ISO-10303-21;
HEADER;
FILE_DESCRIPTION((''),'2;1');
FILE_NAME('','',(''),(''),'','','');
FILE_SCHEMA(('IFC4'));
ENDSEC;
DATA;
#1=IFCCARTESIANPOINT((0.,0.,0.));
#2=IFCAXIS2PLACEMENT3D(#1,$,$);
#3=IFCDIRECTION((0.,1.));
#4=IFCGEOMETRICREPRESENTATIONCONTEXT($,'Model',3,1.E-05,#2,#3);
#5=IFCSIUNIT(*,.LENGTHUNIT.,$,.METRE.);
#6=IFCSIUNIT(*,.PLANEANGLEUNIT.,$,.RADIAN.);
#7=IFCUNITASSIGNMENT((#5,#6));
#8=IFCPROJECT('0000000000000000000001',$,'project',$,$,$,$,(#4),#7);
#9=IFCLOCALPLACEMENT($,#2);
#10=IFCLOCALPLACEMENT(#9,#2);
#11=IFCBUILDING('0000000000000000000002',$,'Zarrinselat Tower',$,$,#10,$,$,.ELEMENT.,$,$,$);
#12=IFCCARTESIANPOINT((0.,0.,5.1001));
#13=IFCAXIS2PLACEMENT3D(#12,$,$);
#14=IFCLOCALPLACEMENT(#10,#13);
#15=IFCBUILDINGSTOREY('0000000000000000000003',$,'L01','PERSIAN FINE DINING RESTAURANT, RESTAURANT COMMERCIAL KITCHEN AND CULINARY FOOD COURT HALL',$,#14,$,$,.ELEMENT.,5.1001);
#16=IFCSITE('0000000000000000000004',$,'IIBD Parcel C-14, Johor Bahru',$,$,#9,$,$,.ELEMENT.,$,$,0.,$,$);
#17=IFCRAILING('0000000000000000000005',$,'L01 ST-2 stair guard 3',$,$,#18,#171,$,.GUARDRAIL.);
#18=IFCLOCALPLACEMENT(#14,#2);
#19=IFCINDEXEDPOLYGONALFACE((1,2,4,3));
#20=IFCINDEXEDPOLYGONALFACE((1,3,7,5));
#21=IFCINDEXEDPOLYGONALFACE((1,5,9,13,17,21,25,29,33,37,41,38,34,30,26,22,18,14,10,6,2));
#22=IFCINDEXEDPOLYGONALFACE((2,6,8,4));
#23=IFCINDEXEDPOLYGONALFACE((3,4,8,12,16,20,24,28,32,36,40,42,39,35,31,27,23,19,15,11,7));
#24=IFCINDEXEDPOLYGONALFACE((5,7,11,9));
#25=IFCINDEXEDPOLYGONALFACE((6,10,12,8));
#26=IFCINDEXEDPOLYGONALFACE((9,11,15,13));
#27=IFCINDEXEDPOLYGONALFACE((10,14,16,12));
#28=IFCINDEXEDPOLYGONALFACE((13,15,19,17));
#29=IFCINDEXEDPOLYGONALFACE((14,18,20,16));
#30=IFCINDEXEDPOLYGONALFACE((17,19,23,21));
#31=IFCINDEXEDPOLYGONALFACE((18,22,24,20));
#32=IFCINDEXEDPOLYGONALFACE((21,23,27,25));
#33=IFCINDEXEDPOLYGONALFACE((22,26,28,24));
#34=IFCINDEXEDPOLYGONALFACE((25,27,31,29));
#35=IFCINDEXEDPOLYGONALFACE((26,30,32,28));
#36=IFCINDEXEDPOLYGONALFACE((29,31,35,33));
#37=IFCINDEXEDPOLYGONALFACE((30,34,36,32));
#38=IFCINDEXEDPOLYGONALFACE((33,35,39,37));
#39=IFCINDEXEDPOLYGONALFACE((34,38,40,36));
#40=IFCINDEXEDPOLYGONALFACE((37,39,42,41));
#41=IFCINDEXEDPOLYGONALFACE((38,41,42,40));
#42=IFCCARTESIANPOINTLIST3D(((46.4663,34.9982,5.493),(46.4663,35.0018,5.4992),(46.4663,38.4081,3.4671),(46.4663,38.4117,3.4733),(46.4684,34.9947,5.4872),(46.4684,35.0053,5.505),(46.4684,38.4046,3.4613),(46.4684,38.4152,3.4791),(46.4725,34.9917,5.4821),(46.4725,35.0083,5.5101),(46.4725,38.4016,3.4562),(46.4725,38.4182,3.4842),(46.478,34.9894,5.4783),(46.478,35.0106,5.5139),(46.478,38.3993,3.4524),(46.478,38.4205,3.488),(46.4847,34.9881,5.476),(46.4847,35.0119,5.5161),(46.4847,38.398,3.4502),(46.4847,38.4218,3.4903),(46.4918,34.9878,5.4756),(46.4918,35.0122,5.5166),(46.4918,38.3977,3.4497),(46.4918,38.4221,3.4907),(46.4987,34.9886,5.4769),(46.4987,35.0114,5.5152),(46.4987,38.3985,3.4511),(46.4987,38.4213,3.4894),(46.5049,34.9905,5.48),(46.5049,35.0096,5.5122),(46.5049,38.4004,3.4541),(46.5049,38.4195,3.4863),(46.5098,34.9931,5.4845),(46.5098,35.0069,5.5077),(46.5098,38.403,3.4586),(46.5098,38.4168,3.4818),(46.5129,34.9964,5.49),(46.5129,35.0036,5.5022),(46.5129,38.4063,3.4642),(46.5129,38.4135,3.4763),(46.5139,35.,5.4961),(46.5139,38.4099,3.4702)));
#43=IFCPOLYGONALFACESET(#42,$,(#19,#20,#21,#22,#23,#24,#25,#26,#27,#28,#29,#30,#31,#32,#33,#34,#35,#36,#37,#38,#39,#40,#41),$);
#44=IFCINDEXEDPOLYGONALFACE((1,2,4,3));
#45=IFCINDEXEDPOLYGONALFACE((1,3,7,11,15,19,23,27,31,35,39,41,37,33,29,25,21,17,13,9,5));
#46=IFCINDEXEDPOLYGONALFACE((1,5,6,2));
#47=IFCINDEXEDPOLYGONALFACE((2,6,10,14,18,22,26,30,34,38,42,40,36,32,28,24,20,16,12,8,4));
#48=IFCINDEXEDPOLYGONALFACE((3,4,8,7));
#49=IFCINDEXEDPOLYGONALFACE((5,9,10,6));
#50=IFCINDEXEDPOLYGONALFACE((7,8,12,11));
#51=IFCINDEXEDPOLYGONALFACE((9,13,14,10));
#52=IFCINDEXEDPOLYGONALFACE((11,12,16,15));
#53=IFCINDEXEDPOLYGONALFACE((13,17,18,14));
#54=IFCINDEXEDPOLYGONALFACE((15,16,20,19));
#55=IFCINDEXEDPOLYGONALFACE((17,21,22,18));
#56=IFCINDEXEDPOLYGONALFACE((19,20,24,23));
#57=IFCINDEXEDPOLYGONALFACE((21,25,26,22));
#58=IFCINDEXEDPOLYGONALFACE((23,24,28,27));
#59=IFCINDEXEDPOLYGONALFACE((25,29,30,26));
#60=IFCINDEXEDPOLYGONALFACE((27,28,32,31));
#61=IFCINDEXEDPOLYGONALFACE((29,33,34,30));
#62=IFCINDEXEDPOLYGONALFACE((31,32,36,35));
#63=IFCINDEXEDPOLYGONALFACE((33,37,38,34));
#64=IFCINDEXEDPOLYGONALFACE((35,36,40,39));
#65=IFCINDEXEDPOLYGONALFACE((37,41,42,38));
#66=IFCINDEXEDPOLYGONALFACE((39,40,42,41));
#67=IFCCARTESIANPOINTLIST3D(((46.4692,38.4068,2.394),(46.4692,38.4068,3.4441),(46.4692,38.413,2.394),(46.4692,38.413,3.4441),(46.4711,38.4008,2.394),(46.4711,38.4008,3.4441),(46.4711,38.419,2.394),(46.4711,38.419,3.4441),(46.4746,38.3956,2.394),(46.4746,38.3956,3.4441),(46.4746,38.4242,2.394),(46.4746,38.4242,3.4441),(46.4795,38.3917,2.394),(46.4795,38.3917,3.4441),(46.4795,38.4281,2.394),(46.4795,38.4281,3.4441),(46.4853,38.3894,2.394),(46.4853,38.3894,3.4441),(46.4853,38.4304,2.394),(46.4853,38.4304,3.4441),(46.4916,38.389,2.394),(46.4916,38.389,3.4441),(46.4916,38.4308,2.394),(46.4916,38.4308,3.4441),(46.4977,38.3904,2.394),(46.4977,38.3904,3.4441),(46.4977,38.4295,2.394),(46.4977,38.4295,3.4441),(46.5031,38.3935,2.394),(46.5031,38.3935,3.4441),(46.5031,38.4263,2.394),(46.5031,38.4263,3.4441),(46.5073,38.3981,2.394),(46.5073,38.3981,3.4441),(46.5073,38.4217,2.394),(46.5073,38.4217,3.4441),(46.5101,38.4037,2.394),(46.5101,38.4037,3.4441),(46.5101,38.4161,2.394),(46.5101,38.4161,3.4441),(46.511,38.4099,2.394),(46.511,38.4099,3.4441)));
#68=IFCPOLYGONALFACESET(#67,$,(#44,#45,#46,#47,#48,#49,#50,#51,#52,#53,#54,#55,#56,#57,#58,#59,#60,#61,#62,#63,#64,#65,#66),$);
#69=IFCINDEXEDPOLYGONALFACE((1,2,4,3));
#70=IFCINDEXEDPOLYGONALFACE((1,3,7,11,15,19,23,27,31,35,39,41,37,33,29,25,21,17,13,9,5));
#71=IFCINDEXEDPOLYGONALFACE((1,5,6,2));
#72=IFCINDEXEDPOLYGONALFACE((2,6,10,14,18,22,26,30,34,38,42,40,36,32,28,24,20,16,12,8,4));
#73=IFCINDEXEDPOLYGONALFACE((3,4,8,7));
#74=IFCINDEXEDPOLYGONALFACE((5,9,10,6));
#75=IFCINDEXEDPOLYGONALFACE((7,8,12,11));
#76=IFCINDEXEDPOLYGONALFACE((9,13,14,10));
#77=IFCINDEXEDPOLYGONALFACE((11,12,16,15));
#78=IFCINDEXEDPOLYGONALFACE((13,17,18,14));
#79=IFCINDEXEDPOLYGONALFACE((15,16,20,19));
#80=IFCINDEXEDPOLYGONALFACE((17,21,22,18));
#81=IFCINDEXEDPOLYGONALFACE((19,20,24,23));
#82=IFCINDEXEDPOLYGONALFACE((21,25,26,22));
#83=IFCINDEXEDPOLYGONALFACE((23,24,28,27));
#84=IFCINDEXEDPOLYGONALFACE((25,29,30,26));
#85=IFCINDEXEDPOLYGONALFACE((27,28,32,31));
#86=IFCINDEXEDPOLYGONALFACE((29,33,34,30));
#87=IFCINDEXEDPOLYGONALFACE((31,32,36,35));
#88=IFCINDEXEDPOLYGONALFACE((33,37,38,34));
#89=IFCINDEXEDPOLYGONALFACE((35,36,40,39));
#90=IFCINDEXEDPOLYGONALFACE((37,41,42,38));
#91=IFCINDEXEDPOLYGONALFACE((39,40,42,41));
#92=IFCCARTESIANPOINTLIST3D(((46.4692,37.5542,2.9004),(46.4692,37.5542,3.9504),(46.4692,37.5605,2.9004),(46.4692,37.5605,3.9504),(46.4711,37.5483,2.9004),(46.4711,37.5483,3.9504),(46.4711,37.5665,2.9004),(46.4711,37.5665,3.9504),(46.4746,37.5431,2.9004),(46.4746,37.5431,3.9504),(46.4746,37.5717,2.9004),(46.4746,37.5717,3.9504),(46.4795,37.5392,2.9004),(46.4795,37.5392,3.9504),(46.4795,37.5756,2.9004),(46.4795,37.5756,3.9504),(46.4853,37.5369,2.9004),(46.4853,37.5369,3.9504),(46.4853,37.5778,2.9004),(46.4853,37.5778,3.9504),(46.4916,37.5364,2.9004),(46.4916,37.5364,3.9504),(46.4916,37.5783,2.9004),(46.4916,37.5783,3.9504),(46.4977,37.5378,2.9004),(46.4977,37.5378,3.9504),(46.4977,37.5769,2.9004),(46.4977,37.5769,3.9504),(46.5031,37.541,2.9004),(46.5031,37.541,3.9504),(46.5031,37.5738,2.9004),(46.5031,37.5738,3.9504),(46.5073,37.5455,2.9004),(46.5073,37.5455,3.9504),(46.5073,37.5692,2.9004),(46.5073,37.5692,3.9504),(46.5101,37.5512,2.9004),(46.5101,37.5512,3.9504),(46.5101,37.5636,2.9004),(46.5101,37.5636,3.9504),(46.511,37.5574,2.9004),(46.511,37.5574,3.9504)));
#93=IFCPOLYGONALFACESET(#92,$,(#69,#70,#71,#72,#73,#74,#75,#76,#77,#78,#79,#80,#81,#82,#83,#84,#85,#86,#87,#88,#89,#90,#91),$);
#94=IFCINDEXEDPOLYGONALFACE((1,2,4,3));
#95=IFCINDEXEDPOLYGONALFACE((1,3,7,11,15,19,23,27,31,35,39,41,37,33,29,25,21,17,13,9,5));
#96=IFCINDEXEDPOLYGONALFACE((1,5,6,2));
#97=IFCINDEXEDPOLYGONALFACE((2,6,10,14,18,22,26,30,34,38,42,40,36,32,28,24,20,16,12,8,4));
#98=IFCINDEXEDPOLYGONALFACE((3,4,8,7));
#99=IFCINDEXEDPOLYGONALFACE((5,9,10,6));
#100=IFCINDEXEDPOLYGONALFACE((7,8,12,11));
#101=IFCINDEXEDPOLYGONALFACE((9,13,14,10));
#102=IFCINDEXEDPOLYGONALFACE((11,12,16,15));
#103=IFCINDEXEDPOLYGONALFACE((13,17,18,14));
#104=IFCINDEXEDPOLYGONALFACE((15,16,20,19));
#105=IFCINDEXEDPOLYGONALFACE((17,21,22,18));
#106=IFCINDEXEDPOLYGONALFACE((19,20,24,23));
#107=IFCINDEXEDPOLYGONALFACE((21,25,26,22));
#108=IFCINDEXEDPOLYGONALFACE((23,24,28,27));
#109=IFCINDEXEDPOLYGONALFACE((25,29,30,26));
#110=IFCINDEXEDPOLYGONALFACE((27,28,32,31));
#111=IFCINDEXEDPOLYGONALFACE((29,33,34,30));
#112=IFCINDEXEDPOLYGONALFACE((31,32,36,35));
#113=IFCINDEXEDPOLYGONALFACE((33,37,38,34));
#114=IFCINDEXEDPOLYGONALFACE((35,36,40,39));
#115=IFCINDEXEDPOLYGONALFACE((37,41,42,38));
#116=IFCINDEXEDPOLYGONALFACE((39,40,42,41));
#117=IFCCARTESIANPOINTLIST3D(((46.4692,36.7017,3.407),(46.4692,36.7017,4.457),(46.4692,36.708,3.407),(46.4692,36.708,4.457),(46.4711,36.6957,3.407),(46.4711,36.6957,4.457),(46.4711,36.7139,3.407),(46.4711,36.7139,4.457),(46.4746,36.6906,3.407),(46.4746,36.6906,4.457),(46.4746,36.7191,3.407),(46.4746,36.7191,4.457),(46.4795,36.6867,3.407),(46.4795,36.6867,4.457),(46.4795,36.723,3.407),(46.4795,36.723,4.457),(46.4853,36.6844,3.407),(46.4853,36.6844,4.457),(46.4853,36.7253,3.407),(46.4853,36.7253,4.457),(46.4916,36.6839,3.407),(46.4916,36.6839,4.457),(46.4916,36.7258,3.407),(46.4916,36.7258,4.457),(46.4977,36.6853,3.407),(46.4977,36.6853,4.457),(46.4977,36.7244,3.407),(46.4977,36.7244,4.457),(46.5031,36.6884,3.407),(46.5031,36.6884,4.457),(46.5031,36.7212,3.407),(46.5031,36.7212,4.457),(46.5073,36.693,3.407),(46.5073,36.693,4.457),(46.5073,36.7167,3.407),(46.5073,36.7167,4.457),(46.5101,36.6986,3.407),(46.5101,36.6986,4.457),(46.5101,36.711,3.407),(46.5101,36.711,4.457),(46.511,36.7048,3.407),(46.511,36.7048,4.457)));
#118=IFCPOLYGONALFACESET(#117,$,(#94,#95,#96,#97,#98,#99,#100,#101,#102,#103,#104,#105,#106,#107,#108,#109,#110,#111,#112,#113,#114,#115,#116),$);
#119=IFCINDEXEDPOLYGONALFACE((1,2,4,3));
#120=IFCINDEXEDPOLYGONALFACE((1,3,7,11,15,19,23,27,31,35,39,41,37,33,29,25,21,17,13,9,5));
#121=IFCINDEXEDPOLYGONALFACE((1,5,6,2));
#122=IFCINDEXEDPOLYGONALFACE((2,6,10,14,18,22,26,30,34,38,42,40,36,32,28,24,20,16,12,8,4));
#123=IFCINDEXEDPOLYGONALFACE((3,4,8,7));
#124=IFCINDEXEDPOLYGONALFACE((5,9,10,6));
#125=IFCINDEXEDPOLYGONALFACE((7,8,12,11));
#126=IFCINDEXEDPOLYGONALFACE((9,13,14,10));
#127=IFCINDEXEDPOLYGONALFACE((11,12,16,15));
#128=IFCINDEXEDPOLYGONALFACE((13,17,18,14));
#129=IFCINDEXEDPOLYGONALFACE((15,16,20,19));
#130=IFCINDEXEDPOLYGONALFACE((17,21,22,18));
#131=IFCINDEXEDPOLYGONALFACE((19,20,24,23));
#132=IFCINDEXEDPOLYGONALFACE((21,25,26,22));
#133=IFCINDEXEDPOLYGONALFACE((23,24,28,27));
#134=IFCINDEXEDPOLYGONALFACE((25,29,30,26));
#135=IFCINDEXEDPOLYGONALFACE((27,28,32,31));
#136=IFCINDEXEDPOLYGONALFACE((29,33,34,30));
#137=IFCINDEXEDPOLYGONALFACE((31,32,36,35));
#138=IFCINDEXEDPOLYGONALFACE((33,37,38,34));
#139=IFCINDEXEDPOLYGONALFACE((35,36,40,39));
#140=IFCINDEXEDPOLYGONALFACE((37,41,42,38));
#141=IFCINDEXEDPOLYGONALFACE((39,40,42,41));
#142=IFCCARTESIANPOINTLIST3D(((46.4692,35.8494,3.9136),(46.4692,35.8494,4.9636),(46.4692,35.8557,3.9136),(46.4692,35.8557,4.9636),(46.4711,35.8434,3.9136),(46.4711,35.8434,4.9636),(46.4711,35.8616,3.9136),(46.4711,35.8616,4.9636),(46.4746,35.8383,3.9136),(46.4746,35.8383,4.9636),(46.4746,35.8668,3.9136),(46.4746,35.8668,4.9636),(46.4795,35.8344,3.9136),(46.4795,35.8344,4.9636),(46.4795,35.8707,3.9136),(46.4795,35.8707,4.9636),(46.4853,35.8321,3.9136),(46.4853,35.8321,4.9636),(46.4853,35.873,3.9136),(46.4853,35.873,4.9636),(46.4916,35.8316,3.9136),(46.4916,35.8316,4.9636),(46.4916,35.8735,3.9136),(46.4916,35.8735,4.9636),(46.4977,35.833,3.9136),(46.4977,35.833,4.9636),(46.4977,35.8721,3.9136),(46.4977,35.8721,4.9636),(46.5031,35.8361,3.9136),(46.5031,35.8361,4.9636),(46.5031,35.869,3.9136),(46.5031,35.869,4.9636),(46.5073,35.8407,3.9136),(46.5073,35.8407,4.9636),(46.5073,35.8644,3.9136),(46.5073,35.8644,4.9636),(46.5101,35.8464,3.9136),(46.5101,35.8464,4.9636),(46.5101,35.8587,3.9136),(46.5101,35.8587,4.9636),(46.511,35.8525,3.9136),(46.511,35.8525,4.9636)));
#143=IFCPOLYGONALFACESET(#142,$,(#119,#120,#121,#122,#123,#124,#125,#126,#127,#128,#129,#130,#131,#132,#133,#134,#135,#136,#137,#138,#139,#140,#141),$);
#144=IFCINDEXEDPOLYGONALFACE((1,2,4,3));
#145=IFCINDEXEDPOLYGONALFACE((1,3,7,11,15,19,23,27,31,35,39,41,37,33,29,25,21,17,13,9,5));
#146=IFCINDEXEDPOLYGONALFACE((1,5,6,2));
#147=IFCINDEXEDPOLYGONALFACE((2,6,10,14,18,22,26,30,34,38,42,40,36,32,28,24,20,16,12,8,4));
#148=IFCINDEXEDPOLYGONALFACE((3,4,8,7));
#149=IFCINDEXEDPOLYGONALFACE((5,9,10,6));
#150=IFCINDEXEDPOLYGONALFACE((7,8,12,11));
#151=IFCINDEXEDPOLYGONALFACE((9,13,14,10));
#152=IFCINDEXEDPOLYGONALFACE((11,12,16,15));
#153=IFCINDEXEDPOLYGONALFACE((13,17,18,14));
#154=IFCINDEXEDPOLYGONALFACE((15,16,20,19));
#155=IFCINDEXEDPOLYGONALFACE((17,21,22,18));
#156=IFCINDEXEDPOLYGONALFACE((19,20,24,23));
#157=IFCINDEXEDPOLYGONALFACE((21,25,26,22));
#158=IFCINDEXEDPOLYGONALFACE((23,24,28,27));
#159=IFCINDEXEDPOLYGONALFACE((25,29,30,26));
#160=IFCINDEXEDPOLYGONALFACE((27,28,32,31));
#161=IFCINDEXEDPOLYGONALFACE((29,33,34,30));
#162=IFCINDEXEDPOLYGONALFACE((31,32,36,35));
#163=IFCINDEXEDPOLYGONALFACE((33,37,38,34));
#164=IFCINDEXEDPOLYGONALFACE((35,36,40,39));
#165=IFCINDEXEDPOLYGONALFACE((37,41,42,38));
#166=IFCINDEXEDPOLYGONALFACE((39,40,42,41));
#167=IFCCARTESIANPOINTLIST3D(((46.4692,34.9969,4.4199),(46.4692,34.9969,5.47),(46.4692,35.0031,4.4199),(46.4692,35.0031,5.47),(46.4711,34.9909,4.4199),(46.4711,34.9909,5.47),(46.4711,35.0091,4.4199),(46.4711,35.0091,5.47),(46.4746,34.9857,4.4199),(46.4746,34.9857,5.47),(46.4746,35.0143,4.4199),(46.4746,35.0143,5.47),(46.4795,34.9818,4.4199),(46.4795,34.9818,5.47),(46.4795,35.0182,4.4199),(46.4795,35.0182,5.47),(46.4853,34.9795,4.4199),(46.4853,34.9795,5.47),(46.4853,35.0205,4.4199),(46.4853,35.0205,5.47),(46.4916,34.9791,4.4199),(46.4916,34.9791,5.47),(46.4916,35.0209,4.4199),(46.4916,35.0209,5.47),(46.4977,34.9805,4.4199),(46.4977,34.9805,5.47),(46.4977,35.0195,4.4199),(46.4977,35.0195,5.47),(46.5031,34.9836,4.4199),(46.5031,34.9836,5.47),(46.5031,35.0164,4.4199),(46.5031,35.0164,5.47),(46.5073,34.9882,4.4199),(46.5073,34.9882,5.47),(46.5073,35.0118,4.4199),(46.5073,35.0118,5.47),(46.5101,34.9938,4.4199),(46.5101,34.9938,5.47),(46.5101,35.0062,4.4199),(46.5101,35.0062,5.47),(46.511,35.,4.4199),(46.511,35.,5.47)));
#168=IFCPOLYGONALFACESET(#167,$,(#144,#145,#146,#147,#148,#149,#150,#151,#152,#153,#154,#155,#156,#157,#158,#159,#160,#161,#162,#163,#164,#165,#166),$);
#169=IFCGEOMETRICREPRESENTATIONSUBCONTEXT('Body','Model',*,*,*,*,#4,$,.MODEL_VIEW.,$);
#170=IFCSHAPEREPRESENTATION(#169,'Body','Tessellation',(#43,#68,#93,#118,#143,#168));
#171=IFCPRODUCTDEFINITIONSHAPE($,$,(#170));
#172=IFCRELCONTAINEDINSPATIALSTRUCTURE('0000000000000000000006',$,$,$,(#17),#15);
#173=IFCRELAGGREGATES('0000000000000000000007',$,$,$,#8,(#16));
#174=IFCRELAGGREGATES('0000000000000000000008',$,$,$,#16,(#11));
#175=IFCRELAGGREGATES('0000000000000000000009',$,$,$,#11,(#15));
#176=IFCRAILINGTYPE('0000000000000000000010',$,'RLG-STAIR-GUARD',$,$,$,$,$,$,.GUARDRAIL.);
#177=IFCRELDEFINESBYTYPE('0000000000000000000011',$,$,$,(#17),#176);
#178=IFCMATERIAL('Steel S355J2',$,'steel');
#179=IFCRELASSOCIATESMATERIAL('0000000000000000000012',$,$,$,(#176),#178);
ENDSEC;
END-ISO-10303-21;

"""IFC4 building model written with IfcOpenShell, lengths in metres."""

from ifc_helpers import new_model, si_unit, direction, frame, origin, origin_2d, place, context, subcontext, project, spatial, circle, extrude, material, type_object, element, save


model = new_model("IFC4")

# Units and contexts
model_context = context("Model", 3, precision=1e-05, world=origin(), true_north=direction((0.0, 1.0)))
body_context = subcontext(model_context, "Body", "Model", "MODEL_VIEW")
ifc_project = project(units=[si_unit("LENGTHUNIT", "METRE"), si_unit("PLANEANGLEUNIT", "RADIAN")], contexts=[model_context])

# Site, building, storey
site_placement = place(None, origin())
site = spatial("IfcSite", under=ifc_project, at=site_placement, Name="IIBD Parcel C-14, Johor Bahru", CompositionType="ELEMENT", RefElevation=0.0)
building_placement = place(site_placement, origin())
building = spatial("IfcBuilding", under=site, at=building_placement, Name="Zarrinselat Tower", CompositionType="ELEMENT")
storey_placement = place(building_placement, frame((0.0, 0.0, 5.1001)))
storey = spatial("IfcBuildingStorey", under=building, at=storey_placement, Name="L01", Description="PERSIAN FINE DINING RESTAURANT, RESTAURANT COMMERCIAL KITCHEN AND CULINARY FOOD COURT HALL", CompositionType="ELEMENT", Elevation=5.1001)

# Railing
ifc_material_1 = material(Name="Steel S355J2", Category="steel")
railing_type = type_object("IfcRailingType", Name="RLG-STAIR-GUARD", PredefinedType="GUARDRAIL", material=ifc_material_1)
railing_1_placement = place(storey_placement, frame((46.49, 38.4099, 2.394)))
element("IfcRailing", 1, at=railing_1_placement, inside=storey, type_object=railing_type, Name="L01 ST-2 stair guard 3", PredefinedType="GUARDRAIL", context=body_context, shape_type="SweptSolid", body=[
    extrude(circle(Radius=0.0239, at=origin_2d()), frame((0.0, 0.0, 1.0762), z_axis=(0.0, -0.859717, 0.510771), x_axis=(1.0, 0.0, 0.0)), (0.0, 0.0, 1.0), 3.9663),
    extrude(circle(Radius=0.021, at=origin_2d()), origin(), (0.0, 0.0, 1.0), 1.05),
    extrude(circle(Radius=0.021, at=origin_2d()), frame((0.0, -0.8525, 0.5063)), (0.0, 0.0, 1.0), 1.05),
    extrude(circle(Radius=0.021, at=origin_2d()), frame((0.0, -1.7051, 1.0129)), (0.0, 0.0, 1.0), 1.05),
    extrude(circle(Radius=0.021, at=origin_2d()), frame((0.0, -2.5574, 1.5195)), (0.0, 0.0, 1.0), 1.05),
    extrude(circle(Radius=0.021, at=origin_2d()), frame((0.0, -3.4099, 2.0259)), (0.0, 0.0, 1.0), 1.05),
])

save(model, "model.ifc")
